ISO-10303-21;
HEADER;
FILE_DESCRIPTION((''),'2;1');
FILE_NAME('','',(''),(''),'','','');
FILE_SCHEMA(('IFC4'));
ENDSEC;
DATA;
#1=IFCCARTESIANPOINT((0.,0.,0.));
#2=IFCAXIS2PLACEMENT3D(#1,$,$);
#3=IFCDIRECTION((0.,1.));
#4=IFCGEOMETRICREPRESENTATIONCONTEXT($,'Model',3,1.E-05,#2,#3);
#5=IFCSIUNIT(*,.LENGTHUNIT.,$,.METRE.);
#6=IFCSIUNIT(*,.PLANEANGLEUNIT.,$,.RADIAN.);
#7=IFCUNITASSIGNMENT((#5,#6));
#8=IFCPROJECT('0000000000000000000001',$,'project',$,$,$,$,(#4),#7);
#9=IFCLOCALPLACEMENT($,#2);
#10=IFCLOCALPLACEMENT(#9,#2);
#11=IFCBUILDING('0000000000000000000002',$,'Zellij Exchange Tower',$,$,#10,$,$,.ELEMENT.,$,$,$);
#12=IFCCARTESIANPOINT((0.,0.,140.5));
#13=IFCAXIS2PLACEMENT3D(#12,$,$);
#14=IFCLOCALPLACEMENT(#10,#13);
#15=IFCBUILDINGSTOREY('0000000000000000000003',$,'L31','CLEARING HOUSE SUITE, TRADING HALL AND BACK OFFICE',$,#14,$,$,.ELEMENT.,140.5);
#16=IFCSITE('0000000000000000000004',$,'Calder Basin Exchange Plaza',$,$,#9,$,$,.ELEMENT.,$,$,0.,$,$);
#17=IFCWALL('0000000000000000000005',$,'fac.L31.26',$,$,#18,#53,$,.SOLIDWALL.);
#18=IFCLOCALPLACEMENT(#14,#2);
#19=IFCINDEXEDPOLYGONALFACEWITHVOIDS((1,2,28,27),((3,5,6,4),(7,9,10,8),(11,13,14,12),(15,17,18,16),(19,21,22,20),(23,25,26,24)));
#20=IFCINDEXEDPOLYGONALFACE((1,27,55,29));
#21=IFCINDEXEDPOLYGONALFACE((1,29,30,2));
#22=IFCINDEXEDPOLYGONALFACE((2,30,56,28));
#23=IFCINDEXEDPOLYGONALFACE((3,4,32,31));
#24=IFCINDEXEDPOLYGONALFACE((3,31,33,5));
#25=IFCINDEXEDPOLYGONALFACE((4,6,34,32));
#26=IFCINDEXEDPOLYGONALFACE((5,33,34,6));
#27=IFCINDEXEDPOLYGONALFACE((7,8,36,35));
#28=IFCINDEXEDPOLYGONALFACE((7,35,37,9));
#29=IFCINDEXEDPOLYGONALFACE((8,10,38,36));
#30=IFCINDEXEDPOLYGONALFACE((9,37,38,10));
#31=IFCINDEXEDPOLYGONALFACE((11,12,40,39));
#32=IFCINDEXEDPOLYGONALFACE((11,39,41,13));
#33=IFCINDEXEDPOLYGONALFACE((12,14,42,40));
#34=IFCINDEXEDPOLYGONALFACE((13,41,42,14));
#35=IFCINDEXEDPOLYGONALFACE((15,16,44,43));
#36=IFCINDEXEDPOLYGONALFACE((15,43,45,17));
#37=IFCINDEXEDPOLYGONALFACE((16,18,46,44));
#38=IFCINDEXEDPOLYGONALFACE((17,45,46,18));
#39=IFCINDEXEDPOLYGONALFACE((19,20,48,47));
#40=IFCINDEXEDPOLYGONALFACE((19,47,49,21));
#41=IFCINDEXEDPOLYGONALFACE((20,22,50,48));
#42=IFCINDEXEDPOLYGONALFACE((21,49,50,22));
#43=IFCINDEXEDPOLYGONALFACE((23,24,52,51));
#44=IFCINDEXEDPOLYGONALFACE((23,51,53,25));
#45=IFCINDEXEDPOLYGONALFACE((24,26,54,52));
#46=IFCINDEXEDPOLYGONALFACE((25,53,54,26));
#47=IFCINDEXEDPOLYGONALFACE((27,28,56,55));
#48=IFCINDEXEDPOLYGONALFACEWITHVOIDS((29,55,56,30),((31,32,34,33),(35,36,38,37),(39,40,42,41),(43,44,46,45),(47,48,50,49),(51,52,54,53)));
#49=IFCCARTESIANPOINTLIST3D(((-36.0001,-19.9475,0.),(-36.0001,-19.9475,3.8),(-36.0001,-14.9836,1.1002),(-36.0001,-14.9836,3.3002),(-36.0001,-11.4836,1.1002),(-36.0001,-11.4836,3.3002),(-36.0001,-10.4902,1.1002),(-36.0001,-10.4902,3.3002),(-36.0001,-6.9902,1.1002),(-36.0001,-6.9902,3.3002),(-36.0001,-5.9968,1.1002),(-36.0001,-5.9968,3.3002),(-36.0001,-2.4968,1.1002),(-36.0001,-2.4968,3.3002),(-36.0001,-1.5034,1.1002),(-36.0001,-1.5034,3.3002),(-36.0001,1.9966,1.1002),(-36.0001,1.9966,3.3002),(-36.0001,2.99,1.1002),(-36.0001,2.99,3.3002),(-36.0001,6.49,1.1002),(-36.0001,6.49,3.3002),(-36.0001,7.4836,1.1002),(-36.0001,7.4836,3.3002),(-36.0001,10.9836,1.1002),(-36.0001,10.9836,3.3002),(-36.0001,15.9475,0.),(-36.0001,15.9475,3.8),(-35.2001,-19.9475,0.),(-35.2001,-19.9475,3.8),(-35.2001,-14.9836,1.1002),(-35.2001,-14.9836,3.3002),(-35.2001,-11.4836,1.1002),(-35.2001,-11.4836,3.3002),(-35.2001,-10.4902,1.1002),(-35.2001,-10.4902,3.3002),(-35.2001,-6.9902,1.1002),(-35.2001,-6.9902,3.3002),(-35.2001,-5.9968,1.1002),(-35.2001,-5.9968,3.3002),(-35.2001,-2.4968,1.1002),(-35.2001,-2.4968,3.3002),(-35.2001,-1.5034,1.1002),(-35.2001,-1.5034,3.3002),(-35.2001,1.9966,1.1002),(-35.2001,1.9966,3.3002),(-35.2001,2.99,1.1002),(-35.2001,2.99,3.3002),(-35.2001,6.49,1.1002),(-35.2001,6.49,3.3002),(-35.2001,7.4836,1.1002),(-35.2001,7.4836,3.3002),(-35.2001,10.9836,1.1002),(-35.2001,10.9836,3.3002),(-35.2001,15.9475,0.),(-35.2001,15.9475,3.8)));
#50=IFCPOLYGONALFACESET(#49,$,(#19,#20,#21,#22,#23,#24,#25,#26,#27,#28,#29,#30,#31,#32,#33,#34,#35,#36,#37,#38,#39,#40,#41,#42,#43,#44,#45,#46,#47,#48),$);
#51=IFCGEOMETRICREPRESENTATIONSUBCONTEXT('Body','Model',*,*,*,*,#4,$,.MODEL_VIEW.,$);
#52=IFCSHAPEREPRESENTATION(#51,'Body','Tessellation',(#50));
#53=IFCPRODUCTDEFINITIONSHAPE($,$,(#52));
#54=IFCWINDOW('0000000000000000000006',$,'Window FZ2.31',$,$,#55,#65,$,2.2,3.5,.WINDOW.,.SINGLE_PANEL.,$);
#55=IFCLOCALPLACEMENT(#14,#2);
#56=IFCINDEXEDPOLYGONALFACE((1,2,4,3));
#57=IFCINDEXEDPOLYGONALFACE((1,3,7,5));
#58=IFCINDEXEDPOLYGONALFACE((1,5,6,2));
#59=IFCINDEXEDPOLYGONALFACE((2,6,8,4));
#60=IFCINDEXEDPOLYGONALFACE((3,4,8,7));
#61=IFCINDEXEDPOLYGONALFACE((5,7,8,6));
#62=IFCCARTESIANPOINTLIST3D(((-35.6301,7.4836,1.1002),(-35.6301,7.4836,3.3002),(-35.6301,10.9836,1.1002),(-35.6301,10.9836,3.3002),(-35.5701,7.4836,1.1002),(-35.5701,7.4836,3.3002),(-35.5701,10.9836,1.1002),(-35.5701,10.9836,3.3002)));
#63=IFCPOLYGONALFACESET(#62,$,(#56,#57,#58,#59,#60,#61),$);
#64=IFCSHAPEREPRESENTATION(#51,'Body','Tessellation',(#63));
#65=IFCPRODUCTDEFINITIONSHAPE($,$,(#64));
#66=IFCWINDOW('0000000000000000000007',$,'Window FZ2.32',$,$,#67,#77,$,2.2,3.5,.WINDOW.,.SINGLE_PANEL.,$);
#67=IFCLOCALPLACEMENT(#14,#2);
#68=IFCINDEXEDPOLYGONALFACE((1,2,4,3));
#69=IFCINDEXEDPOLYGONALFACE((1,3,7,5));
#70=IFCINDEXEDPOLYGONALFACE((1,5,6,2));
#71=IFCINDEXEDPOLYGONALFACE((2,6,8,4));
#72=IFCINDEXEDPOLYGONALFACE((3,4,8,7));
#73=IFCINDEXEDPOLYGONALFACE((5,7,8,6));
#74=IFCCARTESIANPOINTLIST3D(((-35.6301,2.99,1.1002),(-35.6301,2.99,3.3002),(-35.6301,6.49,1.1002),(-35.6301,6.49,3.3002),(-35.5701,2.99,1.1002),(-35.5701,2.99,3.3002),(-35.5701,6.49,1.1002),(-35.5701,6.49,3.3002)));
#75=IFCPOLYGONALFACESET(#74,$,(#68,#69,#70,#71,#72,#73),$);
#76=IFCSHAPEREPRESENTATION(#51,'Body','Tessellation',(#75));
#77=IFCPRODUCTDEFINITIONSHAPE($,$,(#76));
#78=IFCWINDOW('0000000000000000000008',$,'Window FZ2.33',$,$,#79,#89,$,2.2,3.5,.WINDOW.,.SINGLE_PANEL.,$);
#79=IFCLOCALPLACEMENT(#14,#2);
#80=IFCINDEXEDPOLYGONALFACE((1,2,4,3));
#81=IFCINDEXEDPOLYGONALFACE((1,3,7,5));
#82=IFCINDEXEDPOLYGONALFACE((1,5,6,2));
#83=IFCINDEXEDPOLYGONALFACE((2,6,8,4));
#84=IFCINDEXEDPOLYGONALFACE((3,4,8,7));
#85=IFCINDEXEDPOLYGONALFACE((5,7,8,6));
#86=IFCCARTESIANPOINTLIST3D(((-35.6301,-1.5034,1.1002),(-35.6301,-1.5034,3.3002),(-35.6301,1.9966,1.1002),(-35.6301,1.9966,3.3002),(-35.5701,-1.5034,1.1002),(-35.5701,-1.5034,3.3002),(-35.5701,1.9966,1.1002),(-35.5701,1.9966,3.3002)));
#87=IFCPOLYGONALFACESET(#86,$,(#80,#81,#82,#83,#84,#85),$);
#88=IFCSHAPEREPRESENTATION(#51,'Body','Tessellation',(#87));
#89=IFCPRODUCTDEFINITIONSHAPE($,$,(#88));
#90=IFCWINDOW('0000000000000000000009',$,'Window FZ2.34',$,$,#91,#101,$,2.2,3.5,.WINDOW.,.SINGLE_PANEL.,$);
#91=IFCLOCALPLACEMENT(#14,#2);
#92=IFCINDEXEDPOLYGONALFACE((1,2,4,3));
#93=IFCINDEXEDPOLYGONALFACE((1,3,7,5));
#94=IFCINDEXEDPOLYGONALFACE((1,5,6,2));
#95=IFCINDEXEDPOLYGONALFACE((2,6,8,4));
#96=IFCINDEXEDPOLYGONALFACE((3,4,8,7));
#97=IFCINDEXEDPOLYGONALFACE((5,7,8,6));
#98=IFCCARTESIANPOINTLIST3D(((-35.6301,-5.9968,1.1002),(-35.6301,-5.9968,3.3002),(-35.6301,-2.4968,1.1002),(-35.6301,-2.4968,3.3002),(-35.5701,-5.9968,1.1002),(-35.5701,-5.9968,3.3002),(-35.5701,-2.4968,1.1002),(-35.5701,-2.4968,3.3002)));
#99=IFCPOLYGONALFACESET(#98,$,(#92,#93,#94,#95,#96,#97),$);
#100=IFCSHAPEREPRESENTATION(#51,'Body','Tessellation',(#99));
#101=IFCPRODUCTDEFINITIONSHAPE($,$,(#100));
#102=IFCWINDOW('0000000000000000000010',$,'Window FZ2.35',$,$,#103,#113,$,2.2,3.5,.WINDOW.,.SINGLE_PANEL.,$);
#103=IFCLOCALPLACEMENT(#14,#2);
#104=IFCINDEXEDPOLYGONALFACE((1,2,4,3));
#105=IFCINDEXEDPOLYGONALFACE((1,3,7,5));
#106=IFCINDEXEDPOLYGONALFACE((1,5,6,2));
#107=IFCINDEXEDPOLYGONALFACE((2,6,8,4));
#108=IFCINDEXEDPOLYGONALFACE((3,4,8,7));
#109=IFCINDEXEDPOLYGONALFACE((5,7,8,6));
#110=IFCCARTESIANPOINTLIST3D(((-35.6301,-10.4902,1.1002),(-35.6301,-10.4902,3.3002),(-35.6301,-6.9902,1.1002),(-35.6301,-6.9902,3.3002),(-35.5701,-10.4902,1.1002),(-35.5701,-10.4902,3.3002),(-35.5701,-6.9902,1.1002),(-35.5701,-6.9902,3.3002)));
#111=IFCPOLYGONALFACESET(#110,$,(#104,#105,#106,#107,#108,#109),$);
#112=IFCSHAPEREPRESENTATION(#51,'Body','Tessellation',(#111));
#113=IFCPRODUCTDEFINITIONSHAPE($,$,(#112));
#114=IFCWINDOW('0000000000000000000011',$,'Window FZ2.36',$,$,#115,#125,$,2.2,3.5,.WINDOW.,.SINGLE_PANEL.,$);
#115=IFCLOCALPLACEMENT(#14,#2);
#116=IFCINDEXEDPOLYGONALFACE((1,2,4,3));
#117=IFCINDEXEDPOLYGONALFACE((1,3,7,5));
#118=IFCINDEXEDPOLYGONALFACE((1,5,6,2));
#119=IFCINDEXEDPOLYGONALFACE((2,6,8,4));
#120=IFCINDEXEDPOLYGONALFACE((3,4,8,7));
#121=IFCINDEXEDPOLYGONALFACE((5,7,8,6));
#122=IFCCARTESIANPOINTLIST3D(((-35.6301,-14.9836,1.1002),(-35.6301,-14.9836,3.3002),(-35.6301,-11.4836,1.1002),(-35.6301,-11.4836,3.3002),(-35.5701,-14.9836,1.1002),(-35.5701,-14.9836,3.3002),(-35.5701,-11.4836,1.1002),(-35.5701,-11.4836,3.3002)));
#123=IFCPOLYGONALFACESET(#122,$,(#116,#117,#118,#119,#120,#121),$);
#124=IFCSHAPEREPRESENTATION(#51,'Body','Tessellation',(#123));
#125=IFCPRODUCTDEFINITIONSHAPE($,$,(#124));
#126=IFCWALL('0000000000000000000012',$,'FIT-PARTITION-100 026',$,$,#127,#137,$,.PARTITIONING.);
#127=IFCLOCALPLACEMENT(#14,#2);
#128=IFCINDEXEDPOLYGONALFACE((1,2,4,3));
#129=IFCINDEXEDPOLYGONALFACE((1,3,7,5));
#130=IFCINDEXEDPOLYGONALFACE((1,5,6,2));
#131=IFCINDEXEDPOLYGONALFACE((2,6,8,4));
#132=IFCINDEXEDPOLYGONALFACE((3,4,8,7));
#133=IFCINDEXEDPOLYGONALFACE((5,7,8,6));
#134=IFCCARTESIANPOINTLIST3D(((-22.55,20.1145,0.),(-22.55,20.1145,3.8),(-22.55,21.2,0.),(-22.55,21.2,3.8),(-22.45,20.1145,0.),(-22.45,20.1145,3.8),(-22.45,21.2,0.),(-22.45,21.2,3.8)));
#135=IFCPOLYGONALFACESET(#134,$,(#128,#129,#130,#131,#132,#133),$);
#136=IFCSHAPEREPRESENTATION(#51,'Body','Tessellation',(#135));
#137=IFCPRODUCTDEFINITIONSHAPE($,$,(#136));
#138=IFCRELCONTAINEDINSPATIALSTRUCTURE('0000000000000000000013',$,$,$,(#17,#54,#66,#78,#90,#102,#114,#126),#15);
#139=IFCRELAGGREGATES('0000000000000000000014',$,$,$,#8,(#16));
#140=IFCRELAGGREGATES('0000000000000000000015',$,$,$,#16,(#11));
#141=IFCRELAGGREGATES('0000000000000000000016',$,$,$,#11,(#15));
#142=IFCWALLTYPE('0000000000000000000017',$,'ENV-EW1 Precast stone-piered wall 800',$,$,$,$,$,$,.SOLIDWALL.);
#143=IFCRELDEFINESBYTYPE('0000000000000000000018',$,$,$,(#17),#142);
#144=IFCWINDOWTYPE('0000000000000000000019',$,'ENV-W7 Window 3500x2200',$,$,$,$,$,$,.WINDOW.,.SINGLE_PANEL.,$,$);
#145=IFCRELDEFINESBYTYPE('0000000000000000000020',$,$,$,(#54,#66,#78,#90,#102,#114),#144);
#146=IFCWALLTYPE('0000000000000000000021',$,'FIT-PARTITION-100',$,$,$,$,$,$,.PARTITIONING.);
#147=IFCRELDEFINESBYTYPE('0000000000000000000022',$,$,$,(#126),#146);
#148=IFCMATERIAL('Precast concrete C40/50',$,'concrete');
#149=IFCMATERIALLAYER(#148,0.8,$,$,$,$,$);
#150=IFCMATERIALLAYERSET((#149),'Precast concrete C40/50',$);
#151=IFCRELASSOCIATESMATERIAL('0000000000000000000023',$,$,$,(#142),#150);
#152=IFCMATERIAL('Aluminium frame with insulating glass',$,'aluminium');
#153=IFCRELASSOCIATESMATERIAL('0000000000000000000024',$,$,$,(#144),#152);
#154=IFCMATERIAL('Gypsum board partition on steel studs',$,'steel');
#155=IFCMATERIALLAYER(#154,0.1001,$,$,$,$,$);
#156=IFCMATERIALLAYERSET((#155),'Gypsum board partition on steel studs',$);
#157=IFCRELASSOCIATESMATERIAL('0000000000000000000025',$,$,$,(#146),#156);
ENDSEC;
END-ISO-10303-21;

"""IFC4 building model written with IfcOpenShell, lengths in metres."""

from ifc_helpers import new_model, si_unit, direction, frame, frame_2d, origin, place, context, subcontext, project, spatial, rectangle, extrude, material, layer, layer_set, type_object, element, fill, save


model = new_model("IFC4")

# Units and contexts
model_context = context("Model", 3, precision=1e-05, world=origin(), true_north=direction((0.0, 1.0)))
body_context = subcontext(model_context, "Body", "Model", "MODEL_VIEW")
ifc_project = project(units=[si_unit("LENGTHUNIT", "METRE"), si_unit("PLANEANGLEUNIT", "RADIAN")], contexts=[model_context])

# Site, building, storey
site_placement = place(None, origin())
site = spatial("IfcSite", under=ifc_project, at=site_placement, Name="Calder Basin Exchange Plaza", CompositionType="ELEMENT", RefElevation=0.0)
building_placement = place(site_placement, origin())
building = spatial("IfcBuilding", under=site, at=building_placement, Name="Zellij Exchange Tower", CompositionType="ELEMENT")
storey_placement = place(building_placement, frame((0.0, 0.0, 140.5)))
storey = spatial("IfcBuildingStorey", under=building, at=storey_placement, Name="L31", Description="CLEARING HOUSE SUITE, TRADING HALL AND BACK OFFICE", CompositionType="ELEMENT", Elevation=140.5)

# Shared definitions
ifc_material_1 = material(Name="Precast concrete C40/50", Category="concrete")
ifc_layer_1 = layer(ifc_material_1, 0.8)
ifc_layer_set_1 = layer_set([ifc_layer_1], Name="Precast concrete C40/50")
wall_type_1 = type_object("IfcWallType", Name="ENV-EW1 Precast stone-piered wall 800", PredefinedType="SOLIDWALL", material=ifc_layer_set_1)

# Wall, openings, windows
wall_1_placement = place(storey_placement, frame((-35.6001, 15.9475, 0.0), z_axis=(0.0, 0.0, 1.0), x_axis=(0.0, -1.0, 0.0)))
wall_1 = element("IfcWall", 1, at=wall_1_placement, inside=storey, type_object=wall_type_1, Name="fac.L31.26", PredefinedType="SOLIDWALL", context=body_context, shape_type="SweptSolid", body=[
    extrude(rectangle(XDim=35.895, YDim=0.8, at=frame_2d((17.9475, 0.0))), origin(), (0.0, 0.0, 1.0), 3.8),
])
opening_1_placement = place(wall_1_placement, frame((4.9639, 0.0, 1.1001)))
opening_1 = element("IfcOpeningElement", 2, at=opening_1_placement, cuts=wall_1, PredefinedType="OPENING", context=body_context, shape_type="SweptSolid", body=[
    extrude(rectangle(XDim=3.5, YDim=2.2, at=frame_2d((1.75, 1.1001))), frame((0.0, 0.4121, 0.0), z_axis=(0.0, -1.0, 0.0), x_axis=(1.0, 0.0, 0.0)), (0.0, 0.0, 1.0), 0.824),
])
opening_2_placement = place(wall_1_placement, frame((9.4575, 0.0, 1.1001)))
opening_2 = element("IfcOpeningElement", 3, at=opening_2_placement, cuts=wall_1, PredefinedType="OPENING", context=body_context, shape_type="SweptSolid", body=[
    extrude(rectangle(XDim=3.5, YDim=2.2, at=frame_2d((1.75, 1.1001))), frame((0.0, 0.4121, 0.0), z_axis=(0.0, -1.0, 0.0), x_axis=(1.0, 0.0, 0.0)), (0.0, 0.0, 1.0), 0.824),
])
opening_3_placement = place(wall_1_placement, frame((13.9509, 0.0, 1.1001)))
opening_3 = element("IfcOpeningElement", 4, at=opening_3_placement, cuts=wall_1, PredefinedType="OPENING", context=body_context, shape_type="SweptSolid", body=[
    extrude(rectangle(XDim=3.5, YDim=2.2, at=frame_2d((1.75, 1.1001))), frame((0.0, 0.4121, 0.0), z_axis=(0.0, -1.0, 0.0), x_axis=(1.0, 0.0, 0.0)), (0.0, 0.0, 1.0), 0.824),
])
opening_4_placement = place(wall_1_placement, frame((18.4443, 0.0, 1.1001)))
opening_4 = element("IfcOpeningElement", 5, at=opening_4_placement, cuts=wall_1, PredefinedType="OPENING", context=body_context, shape_type="SweptSolid", body=[
    extrude(rectangle(XDim=3.5, YDim=2.2, at=frame_2d((1.75, 1.1001))), frame((0.0, 0.4121, 0.0), z_axis=(0.0, -1.0, 0.0), x_axis=(1.0, 0.0, 0.0)), (0.0, 0.0, 1.0), 0.824),
])
opening_5_placement = place(wall_1_placement, frame((22.9377, 0.0, 1.1001)))
opening_5 = element("IfcOpeningElement", 6, at=opening_5_placement, cuts=wall_1, PredefinedType="OPENING", context=body_context, shape_type="SweptSolid", body=[
    extrude(rectangle(XDim=3.5, YDim=2.2, at=frame_2d((1.75, 1.1001))), frame((0.0, 0.4121, 0.0), z_axis=(0.0, -1.0, 0.0), x_axis=(1.0, 0.0, 0.0)), (0.0, 0.0, 1.0), 0.824),
])
opening_6_placement = place(wall_1_placement, frame((27.4312, 0.0, 1.1001)))
opening_6 = element("IfcOpeningElement", 7, at=opening_6_placement, cuts=wall_1, PredefinedType="OPENING", context=body_context, shape_type="SweptSolid", body=[
    extrude(rectangle(XDim=3.5, YDim=2.2, at=frame_2d((1.75, 1.1001))), frame((0.0, 0.4121, 0.0), z_axis=(0.0, -1.0, 0.0), x_axis=(1.0, 0.0, 0.0)), (0.0, 0.0, 1.0), 0.824),
])
ifc_material_2 = material(Name="Aluminium frame with insulating glass", Category="aluminium")
window_type = type_object("IfcWindowType", Name="ENV-W7 Window 3500x2200", PartitioningType="SINGLE_PANEL", PredefinedType="WINDOW", material=ifc_material_2)
window_1_placement = place(opening_1_placement, origin())
window_1 = element("IfcWindow", 8, at=window_1_placement, inside=storey, type_object=window_type, Name="Window FZ2.31", OverallHeight=2.2, OverallWidth=3.5, PartitioningType="SINGLE_PANEL", PredefinedType="WINDOW", context=body_context, shape_type="SweptSolid", body=[
    extrude(rectangle(XDim=3.5, YDim=2.2, at=frame_2d((1.75, 1.1001))), frame((0.0, 0.03, 0.0), z_axis=(0.0, -1.0, 0.0), x_axis=(1.0, 0.0, 0.0)), (0.0, 0.0, 1.0), 0.0601),
])
fill(opening_1, window_1)
window_2_placement = place(opening_2_placement, origin())
window_2 = element("IfcWindow", 9, at=window_2_placement, inside=storey, type_object=window_type, Name="Window FZ2.32", OverallHeight=2.2, OverallWidth=3.5, PartitioningType="SINGLE_PANEL", PredefinedType="WINDOW", context=body_context, shape_type="SweptSolid", body=[
    extrude(rectangle(XDim=3.5, YDim=2.2, at=frame_2d((1.75, 1.1001))), frame((0.0, 0.03, 0.0), z_axis=(0.0, -1.0, 0.0), x_axis=(1.0, 0.0, 0.0)), (0.0, 0.0, 1.0), 0.0601),
])
fill(opening_2, window_2)
window_3_placement = place(opening_3_placement, origin())
window_3 = element("IfcWindow", 10, at=window_3_placement, inside=storey, type_object=window_type, Name="Window FZ2.33", OverallHeight=2.2, OverallWidth=3.5, PartitioningType="SINGLE_PANEL", PredefinedType="WINDOW", context=body_context, shape_type="SweptSolid", body=[
    extrude(rectangle(XDim=3.5, YDim=2.2, at=frame_2d((1.75, 1.1001))), frame((0.0, 0.03, 0.0), z_axis=(0.0, -1.0, 0.0), x_axis=(1.0, 0.0, 0.0)), (0.0, 0.0, 1.0), 0.0601),
])
fill(opening_3, window_3)
window_4_placement = place(opening_4_placement, origin())
window_4 = element("IfcWindow", 11, at=window_4_placement, inside=storey, type_object=window_type, Name="Window FZ2.34", OverallHeight=2.2, OverallWidth=3.5, PartitioningType="SINGLE_PANEL", PredefinedType="WINDOW", context=body_context, shape_type="SweptSolid", body=[
    extrude(rectangle(XDim=3.5, YDim=2.2, at=frame_2d((1.75, 1.1001))), frame((0.0, 0.03, 0.0), z_axis=(0.0, -1.0, 0.0), x_axis=(1.0, 0.0, 0.0)), (0.0, 0.0, 1.0), 0.0601),
])
fill(opening_4, window_4)
window_5_placement = place(opening_5_placement, origin())
window_5 = element("IfcWindow", 12, at=window_5_placement, inside=storey, type_object=window_type, Name="Window FZ2.35", OverallHeight=2.2, OverallWidth=3.5, PartitioningType="SINGLE_PANEL", PredefinedType="WINDOW", context=body_context, shape_type="SweptSolid", body=[
    extrude(rectangle(XDim=3.5, YDim=2.2, at=frame_2d((1.75, 1.1001))), frame((0.0, 0.03, 0.0), z_axis=(0.0, -1.0, 0.0), x_axis=(1.0, 0.0, 0.0)), (0.0, 0.0, 1.0), 0.0601),
])
fill(opening_5, window_5)
window_6_placement = place(opening_6_placement, origin())
window_6 = element("IfcWindow", 13, at=window_6_placement, inside=storey, type_object=window_type, Name="Window FZ2.36", OverallHeight=2.2, OverallWidth=3.5, PartitioningType="SINGLE_PANEL", PredefinedType="WINDOW", context=body_context, shape_type="SweptSolid", body=[
    extrude(rectangle(XDim=3.5, YDim=2.2, at=frame_2d((1.75, 1.1001))), frame((0.0, 0.03, 0.0), z_axis=(0.0, -1.0, 0.0), x_axis=(1.0, 0.0, 0.0)), (0.0, 0.0, 1.0), 0.0601),
])
fill(opening_6, window_6)

# Wall
ifc_material_3 = material(Name="Gypsum board partition on steel studs", Category="steel")
ifc_layer_2 = layer(ifc_material_3, 0.1001)
ifc_layer_set_2 = layer_set([ifc_layer_2], Name="Gypsum board partition on steel studs")
wall_type_2 = type_object("IfcWallType", Name="FIT-PARTITION-100", PredefinedType="PARTITIONING", material=ifc_layer_set_2)
wall_2_placement = place(storey_placement, frame((-22.5, 20.1145, 0.0), z_axis=(0.0, 0.0, 1.0), x_axis=(0.0, 1.0, 0.0)))
element("IfcWall", 14, at=wall_2_placement, inside=storey, type_object=wall_type_2, Name="FIT-PARTITION-100 026", PredefinedType="PARTITIONING", context=body_context, shape_type="SweptSolid", body=[
    extrude(rectangle(XDim=1.0854, YDim=0.1001, at=frame_2d((0.5427, 0.0))), origin(), (0.0, 0.0, 1.0), 3.8),
])

save(model, "model.ifc")
